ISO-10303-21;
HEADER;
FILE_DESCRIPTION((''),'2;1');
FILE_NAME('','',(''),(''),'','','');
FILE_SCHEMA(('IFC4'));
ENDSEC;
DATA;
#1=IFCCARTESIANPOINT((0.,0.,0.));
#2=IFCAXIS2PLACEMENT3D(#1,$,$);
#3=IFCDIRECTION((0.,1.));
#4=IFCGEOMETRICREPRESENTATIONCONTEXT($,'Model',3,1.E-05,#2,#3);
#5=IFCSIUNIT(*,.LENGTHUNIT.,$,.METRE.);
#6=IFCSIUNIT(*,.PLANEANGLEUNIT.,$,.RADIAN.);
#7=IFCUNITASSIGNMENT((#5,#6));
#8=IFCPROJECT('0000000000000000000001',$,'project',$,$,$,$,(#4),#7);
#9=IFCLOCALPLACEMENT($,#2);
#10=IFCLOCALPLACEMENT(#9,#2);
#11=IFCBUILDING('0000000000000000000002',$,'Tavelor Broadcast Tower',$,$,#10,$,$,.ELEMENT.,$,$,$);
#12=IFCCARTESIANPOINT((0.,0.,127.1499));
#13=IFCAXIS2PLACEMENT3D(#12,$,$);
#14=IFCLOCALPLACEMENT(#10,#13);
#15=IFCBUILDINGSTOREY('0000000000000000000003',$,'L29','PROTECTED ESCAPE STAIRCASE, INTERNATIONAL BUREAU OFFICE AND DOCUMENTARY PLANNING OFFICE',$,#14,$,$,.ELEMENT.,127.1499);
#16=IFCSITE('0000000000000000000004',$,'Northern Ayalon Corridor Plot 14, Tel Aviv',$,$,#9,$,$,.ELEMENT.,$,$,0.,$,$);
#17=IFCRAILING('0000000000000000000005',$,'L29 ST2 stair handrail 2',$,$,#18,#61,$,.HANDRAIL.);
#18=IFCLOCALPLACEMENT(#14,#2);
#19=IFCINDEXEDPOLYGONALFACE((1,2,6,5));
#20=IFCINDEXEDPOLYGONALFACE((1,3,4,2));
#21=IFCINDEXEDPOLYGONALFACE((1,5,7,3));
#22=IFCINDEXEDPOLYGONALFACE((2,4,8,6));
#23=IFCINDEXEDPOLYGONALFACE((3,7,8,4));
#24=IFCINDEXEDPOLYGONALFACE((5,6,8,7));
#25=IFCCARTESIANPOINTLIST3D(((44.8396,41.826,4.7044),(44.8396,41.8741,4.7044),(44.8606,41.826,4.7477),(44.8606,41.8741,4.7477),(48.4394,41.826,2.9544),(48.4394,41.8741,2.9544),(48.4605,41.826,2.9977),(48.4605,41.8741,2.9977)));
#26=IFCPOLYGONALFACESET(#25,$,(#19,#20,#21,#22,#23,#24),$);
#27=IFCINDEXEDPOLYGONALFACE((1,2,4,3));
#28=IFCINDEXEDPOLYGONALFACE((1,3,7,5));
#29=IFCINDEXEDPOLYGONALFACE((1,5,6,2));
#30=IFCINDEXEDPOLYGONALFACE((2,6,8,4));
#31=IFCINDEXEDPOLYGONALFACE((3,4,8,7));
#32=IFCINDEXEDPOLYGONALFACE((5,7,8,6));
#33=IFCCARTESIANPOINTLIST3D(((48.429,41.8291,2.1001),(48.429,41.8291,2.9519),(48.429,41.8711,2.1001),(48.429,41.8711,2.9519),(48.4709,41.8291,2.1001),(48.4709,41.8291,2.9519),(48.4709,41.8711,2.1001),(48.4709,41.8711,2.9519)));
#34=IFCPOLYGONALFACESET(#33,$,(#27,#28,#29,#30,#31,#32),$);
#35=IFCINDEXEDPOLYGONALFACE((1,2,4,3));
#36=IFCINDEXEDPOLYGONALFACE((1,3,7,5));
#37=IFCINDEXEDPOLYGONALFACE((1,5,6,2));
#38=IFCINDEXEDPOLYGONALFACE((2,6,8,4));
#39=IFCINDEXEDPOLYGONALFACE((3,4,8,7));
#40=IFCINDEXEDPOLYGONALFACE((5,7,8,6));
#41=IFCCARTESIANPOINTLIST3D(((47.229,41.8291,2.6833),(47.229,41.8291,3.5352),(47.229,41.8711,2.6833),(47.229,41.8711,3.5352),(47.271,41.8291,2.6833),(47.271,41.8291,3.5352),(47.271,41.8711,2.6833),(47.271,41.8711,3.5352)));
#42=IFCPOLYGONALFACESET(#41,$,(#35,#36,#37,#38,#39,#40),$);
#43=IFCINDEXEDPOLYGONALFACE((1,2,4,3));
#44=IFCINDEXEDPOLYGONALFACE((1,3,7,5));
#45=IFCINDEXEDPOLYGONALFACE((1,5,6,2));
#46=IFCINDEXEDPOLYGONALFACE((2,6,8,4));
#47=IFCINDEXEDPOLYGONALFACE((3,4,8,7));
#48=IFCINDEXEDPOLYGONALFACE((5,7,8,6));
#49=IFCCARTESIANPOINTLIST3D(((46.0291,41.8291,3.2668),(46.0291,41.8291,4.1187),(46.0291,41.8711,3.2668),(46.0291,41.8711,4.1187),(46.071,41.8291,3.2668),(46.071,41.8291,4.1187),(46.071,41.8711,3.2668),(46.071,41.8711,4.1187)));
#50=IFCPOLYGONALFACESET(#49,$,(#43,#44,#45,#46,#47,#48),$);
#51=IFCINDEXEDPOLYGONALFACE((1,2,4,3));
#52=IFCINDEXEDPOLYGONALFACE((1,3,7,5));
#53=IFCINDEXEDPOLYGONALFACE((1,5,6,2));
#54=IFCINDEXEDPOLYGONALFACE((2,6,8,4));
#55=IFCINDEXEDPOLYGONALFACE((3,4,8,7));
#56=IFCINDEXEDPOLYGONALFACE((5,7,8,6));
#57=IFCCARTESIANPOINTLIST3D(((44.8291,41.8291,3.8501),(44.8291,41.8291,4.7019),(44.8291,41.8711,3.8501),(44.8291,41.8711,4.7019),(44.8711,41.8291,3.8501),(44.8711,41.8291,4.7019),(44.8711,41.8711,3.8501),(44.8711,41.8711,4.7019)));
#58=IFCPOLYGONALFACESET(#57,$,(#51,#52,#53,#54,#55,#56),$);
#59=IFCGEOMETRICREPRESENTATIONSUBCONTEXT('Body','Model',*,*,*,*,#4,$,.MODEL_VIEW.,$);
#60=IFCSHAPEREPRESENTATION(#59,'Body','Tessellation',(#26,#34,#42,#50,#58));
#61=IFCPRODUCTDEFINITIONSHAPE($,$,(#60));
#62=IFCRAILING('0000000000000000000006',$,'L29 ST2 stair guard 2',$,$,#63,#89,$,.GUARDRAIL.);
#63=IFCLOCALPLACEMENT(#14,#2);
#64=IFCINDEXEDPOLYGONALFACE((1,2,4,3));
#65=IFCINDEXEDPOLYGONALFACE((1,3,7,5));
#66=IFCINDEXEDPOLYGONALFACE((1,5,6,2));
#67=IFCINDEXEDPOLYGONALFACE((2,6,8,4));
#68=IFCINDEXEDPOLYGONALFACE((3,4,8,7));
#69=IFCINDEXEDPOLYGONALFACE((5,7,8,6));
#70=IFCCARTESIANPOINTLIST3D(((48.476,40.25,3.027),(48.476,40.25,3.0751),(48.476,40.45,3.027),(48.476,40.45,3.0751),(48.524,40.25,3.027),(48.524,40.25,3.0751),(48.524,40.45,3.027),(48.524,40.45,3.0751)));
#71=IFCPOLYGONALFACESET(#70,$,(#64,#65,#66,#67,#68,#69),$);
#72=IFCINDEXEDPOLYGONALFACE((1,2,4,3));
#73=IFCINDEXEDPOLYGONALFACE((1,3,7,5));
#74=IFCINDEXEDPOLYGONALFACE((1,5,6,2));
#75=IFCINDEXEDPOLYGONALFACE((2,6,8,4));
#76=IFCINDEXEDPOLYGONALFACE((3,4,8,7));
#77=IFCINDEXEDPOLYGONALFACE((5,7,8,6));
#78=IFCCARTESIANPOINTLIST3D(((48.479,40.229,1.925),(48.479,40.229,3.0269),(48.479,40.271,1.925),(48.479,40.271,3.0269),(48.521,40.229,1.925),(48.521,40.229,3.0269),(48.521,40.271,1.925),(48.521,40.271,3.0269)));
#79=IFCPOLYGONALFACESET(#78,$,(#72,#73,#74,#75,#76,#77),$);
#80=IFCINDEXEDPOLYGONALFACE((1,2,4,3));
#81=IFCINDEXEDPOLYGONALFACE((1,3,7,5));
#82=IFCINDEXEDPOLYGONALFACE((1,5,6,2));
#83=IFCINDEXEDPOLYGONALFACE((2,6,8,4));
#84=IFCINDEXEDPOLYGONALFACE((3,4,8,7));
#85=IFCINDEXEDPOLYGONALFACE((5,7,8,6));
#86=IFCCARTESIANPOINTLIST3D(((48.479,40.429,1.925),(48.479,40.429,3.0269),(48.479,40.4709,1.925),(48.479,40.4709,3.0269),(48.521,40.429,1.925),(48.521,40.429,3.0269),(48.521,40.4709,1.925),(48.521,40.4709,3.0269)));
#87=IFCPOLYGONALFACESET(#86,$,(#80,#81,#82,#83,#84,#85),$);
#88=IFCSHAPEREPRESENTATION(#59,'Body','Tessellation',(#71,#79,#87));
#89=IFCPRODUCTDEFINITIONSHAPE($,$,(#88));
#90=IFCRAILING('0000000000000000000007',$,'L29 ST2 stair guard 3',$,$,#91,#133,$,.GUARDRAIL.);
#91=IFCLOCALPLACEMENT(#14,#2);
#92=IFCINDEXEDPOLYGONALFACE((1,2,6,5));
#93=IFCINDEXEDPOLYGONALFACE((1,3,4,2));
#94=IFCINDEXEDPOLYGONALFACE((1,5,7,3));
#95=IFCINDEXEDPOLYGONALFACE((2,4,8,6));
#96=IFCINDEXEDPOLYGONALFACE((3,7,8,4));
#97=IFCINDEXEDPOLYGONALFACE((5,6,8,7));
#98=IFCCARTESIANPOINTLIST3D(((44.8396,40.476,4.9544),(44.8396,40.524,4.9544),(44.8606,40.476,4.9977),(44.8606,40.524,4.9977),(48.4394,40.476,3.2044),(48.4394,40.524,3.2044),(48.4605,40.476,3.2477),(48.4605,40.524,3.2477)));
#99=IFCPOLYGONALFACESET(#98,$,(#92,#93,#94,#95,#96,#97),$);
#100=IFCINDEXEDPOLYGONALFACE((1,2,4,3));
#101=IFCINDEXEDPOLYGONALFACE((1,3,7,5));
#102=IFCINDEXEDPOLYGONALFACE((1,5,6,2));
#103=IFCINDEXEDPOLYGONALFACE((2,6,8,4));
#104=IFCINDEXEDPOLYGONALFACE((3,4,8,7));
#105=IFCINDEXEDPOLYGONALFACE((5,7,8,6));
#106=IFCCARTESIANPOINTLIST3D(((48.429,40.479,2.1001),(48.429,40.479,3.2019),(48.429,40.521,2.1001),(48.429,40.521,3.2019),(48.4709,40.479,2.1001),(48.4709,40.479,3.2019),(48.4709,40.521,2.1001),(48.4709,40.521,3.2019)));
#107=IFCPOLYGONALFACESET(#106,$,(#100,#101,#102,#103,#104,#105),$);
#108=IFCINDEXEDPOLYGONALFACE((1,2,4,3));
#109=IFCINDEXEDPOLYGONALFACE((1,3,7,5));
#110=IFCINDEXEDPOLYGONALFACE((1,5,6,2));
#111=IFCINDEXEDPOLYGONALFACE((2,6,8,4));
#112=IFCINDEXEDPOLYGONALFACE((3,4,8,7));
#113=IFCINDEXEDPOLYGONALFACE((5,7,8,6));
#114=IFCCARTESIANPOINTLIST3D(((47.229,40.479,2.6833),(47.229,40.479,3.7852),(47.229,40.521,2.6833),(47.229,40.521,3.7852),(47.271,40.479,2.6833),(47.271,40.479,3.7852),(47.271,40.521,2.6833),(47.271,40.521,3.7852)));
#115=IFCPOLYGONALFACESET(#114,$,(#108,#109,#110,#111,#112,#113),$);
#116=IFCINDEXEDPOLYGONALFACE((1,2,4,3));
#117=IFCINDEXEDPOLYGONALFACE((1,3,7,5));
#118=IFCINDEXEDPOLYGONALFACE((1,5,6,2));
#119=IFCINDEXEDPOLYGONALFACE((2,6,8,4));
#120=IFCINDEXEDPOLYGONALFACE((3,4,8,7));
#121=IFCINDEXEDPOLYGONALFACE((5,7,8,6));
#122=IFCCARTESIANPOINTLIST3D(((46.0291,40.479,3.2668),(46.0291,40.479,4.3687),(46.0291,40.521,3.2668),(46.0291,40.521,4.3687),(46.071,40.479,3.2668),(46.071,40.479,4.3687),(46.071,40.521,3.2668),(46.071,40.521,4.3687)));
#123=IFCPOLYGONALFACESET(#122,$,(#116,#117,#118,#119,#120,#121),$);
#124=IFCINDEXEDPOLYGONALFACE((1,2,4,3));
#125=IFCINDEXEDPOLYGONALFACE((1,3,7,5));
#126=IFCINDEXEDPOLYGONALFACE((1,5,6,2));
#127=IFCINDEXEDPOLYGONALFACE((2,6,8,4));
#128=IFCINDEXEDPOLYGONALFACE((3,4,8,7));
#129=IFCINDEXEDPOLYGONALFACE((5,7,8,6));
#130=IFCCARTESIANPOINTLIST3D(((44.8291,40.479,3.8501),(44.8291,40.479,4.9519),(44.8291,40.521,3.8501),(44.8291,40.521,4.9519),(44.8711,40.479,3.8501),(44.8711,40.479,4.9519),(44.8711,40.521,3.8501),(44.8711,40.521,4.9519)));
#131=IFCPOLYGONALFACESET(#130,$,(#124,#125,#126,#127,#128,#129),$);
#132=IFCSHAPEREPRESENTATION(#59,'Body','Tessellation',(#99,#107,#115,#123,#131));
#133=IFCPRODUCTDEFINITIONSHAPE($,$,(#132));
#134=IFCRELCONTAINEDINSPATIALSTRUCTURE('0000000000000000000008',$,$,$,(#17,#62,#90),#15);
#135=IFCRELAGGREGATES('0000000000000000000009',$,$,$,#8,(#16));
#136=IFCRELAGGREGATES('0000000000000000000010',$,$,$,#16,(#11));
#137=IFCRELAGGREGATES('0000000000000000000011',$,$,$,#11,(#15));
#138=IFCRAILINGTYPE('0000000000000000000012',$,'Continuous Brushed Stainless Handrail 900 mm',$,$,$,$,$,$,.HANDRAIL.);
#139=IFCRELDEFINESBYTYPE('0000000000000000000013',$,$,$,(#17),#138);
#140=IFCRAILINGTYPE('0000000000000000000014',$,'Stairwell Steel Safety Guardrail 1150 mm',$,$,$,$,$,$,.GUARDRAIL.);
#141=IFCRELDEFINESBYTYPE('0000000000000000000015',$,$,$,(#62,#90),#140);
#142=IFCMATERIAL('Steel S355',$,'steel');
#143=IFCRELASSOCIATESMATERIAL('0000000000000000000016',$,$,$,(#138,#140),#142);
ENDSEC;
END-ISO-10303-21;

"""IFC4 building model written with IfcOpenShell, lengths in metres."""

from ifc_helpers import new_model, si_unit, direction, frame, origin, origin_2d, place, context, subcontext, project, spatial, rectangle, extrude, material, type_object, element, save


model = new_model("IFC4")

# Units and contexts
model_context = context("Model", 3, precision=1e-05, world=origin(), true_north=direction((0.0, 1.0)))
body_context = subcontext(model_context, "Body", "Model", "MODEL_VIEW")
ifc_project = project(units=[si_unit("LENGTHUNIT", "METRE"), si_unit("PLANEANGLEUNIT", "RADIAN")], contexts=[model_context])

# Site, building, storey
site_placement = place(None, origin())
site = spatial("IfcSite", under=ifc_project, at=site_placement, Name="Northern Ayalon Corridor Plot 14, Tel Aviv", CompositionType="ELEMENT", RefElevation=0.0)
building_placement = place(site_placement, origin())
building = spatial("IfcBuilding", under=site, at=building_placement, Name="Tavelor Broadcast Tower", CompositionType="ELEMENT")
storey_placement = place(building_placement, frame((0.0, 0.0, 127.1499)))
storey = spatial("IfcBuildingStorey", under=building, at=storey_placement, Name="L29", Description="PROTECTED ESCAPE STAIRCASE, INTERNATIONAL BUREAU OFFICE AND DOCUMENTARY PLANNING OFFICE", CompositionType="ELEMENT", Elevation=127.1499)

# Shared definitions
ifc_material_1 = material(Name="Steel S355", Category="steel")

# Railings
railing_type_1 = type_object("IfcRailingType", Name="Continuous Brushed Stainless Handrail 900 mm", PredefinedType="HANDRAIL", material=ifc_material_1)
railing_1_placement = place(storey_placement, frame((48.45, 41.8501, 2.1001)))
element("IfcRailing", 1, at=railing_1_placement, inside=storey, type_object=railing_type_1, Name="L29 ST2 stair handrail 2", PredefinedType="HANDRAIL", context=body_context, shape_type="SweptSolid", body=[
    extrude(rectangle(XDim=0.0481, YDim=0.0481, at=origin_2d()), frame((0.0, 0.0, 0.876), z_axis=(-0.899361, 0.0, 0.437207), x_axis=(0.0, -1.0, 0.0)), (0.0, 0.0, 1.0), 4.0027),
    extrude(rectangle(XDim=0.042, YDim=0.042, at=origin_2d()), origin(), (0.0, 0.0, 1.0), 0.8518),
    extrude(rectangle(XDim=0.042, YDim=0.042, at=origin_2d()), frame((-1.2, 0.0, 0.5833)), (0.0, 0.0, 1.0), 0.8518),
    extrude(rectangle(XDim=0.042, YDim=0.042, at=origin_2d()), frame((-2.3999, 0.0, 1.1667)), (0.0, 0.0, 1.0), 0.8518),
    extrude(rectangle(XDim=0.042, YDim=0.042, at=origin_2d()), frame((-3.5999, 0.0, 1.75)), (0.0, 0.0, 1.0), 0.8518),
])
railing_type_2 = type_object("IfcRailingType", Name="Stairwell Steel Safety Guardrail 1150 mm", PredefinedType="GUARDRAIL", material=ifc_material_1)
railing_2_placement = place(storey_placement, frame((48.5, 40.25, 1.925)))
element("IfcRailing", 2, at=railing_2_placement, inside=storey, type_object=railing_type_2, Name="L29 ST2 stair guard 2", PredefinedType="GUARDRAIL", context=body_context, shape_type="SweptSolid", body=[
    extrude(rectangle(XDim=0.0481, YDim=0.0481, at=origin_2d()), frame((0.0, 0.0, 1.126), z_axis=(0.0, 1.0, 0.0), x_axis=(-1.0, 0.0, 0.0)), (0.0, 0.0, 1.0), 0.2),
    extrude(rectangle(XDim=0.042, YDim=0.042, at=origin_2d()), origin(), (0.0, 0.0, 1.0), 1.1018),
    extrude(rectangle(XDim=0.042, YDim=0.042, at=origin_2d()), frame((0.0, 0.2, 0.0)), (0.0, 0.0, 1.0), 1.1018),
])
railing_3_placement = place(storey_placement, frame((48.45, 40.5, 2.1001)))
element("IfcRailing", 3, at=railing_3_placement, inside=storey, type_object=railing_type_2, Name="L29 ST2 stair guard 3", PredefinedType="GUARDRAIL", context=body_context, shape_type="SweptSolid", body=[
    extrude(rectangle(XDim=0.0481, YDim=0.0481, at=origin_2d()), frame((0.0, 0.0, 1.126), z_axis=(-0.899361, 0.0, 0.437207), x_axis=(0.0, -1.0, 0.0)), (0.0, 0.0, 1.0), 4.0027),
    extrude(rectangle(XDim=0.042, YDim=0.042, at=origin_2d()), origin(), (0.0, 0.0, 1.0), 1.1018),
    extrude(rectangle(XDim=0.042, YDim=0.042, at=origin_2d()), frame((-1.2, 0.0, 0.5833)), (0.0, 0.0, 1.0), 1.1018),
    extrude(rectangle(XDim=0.042, YDim=0.042, at=origin_2d()), frame((-2.3999, 0.0, 1.1667)), (0.0, 0.0, 1.0), 1.1018),
    extrude(rectangle(XDim=0.042, YDim=0.042, at=origin_2d()), frame((-3.5999, 0.0, 1.75)), (0.0, 0.0, 1.0), 1.1018),
])

save(model, "model.ifc")
